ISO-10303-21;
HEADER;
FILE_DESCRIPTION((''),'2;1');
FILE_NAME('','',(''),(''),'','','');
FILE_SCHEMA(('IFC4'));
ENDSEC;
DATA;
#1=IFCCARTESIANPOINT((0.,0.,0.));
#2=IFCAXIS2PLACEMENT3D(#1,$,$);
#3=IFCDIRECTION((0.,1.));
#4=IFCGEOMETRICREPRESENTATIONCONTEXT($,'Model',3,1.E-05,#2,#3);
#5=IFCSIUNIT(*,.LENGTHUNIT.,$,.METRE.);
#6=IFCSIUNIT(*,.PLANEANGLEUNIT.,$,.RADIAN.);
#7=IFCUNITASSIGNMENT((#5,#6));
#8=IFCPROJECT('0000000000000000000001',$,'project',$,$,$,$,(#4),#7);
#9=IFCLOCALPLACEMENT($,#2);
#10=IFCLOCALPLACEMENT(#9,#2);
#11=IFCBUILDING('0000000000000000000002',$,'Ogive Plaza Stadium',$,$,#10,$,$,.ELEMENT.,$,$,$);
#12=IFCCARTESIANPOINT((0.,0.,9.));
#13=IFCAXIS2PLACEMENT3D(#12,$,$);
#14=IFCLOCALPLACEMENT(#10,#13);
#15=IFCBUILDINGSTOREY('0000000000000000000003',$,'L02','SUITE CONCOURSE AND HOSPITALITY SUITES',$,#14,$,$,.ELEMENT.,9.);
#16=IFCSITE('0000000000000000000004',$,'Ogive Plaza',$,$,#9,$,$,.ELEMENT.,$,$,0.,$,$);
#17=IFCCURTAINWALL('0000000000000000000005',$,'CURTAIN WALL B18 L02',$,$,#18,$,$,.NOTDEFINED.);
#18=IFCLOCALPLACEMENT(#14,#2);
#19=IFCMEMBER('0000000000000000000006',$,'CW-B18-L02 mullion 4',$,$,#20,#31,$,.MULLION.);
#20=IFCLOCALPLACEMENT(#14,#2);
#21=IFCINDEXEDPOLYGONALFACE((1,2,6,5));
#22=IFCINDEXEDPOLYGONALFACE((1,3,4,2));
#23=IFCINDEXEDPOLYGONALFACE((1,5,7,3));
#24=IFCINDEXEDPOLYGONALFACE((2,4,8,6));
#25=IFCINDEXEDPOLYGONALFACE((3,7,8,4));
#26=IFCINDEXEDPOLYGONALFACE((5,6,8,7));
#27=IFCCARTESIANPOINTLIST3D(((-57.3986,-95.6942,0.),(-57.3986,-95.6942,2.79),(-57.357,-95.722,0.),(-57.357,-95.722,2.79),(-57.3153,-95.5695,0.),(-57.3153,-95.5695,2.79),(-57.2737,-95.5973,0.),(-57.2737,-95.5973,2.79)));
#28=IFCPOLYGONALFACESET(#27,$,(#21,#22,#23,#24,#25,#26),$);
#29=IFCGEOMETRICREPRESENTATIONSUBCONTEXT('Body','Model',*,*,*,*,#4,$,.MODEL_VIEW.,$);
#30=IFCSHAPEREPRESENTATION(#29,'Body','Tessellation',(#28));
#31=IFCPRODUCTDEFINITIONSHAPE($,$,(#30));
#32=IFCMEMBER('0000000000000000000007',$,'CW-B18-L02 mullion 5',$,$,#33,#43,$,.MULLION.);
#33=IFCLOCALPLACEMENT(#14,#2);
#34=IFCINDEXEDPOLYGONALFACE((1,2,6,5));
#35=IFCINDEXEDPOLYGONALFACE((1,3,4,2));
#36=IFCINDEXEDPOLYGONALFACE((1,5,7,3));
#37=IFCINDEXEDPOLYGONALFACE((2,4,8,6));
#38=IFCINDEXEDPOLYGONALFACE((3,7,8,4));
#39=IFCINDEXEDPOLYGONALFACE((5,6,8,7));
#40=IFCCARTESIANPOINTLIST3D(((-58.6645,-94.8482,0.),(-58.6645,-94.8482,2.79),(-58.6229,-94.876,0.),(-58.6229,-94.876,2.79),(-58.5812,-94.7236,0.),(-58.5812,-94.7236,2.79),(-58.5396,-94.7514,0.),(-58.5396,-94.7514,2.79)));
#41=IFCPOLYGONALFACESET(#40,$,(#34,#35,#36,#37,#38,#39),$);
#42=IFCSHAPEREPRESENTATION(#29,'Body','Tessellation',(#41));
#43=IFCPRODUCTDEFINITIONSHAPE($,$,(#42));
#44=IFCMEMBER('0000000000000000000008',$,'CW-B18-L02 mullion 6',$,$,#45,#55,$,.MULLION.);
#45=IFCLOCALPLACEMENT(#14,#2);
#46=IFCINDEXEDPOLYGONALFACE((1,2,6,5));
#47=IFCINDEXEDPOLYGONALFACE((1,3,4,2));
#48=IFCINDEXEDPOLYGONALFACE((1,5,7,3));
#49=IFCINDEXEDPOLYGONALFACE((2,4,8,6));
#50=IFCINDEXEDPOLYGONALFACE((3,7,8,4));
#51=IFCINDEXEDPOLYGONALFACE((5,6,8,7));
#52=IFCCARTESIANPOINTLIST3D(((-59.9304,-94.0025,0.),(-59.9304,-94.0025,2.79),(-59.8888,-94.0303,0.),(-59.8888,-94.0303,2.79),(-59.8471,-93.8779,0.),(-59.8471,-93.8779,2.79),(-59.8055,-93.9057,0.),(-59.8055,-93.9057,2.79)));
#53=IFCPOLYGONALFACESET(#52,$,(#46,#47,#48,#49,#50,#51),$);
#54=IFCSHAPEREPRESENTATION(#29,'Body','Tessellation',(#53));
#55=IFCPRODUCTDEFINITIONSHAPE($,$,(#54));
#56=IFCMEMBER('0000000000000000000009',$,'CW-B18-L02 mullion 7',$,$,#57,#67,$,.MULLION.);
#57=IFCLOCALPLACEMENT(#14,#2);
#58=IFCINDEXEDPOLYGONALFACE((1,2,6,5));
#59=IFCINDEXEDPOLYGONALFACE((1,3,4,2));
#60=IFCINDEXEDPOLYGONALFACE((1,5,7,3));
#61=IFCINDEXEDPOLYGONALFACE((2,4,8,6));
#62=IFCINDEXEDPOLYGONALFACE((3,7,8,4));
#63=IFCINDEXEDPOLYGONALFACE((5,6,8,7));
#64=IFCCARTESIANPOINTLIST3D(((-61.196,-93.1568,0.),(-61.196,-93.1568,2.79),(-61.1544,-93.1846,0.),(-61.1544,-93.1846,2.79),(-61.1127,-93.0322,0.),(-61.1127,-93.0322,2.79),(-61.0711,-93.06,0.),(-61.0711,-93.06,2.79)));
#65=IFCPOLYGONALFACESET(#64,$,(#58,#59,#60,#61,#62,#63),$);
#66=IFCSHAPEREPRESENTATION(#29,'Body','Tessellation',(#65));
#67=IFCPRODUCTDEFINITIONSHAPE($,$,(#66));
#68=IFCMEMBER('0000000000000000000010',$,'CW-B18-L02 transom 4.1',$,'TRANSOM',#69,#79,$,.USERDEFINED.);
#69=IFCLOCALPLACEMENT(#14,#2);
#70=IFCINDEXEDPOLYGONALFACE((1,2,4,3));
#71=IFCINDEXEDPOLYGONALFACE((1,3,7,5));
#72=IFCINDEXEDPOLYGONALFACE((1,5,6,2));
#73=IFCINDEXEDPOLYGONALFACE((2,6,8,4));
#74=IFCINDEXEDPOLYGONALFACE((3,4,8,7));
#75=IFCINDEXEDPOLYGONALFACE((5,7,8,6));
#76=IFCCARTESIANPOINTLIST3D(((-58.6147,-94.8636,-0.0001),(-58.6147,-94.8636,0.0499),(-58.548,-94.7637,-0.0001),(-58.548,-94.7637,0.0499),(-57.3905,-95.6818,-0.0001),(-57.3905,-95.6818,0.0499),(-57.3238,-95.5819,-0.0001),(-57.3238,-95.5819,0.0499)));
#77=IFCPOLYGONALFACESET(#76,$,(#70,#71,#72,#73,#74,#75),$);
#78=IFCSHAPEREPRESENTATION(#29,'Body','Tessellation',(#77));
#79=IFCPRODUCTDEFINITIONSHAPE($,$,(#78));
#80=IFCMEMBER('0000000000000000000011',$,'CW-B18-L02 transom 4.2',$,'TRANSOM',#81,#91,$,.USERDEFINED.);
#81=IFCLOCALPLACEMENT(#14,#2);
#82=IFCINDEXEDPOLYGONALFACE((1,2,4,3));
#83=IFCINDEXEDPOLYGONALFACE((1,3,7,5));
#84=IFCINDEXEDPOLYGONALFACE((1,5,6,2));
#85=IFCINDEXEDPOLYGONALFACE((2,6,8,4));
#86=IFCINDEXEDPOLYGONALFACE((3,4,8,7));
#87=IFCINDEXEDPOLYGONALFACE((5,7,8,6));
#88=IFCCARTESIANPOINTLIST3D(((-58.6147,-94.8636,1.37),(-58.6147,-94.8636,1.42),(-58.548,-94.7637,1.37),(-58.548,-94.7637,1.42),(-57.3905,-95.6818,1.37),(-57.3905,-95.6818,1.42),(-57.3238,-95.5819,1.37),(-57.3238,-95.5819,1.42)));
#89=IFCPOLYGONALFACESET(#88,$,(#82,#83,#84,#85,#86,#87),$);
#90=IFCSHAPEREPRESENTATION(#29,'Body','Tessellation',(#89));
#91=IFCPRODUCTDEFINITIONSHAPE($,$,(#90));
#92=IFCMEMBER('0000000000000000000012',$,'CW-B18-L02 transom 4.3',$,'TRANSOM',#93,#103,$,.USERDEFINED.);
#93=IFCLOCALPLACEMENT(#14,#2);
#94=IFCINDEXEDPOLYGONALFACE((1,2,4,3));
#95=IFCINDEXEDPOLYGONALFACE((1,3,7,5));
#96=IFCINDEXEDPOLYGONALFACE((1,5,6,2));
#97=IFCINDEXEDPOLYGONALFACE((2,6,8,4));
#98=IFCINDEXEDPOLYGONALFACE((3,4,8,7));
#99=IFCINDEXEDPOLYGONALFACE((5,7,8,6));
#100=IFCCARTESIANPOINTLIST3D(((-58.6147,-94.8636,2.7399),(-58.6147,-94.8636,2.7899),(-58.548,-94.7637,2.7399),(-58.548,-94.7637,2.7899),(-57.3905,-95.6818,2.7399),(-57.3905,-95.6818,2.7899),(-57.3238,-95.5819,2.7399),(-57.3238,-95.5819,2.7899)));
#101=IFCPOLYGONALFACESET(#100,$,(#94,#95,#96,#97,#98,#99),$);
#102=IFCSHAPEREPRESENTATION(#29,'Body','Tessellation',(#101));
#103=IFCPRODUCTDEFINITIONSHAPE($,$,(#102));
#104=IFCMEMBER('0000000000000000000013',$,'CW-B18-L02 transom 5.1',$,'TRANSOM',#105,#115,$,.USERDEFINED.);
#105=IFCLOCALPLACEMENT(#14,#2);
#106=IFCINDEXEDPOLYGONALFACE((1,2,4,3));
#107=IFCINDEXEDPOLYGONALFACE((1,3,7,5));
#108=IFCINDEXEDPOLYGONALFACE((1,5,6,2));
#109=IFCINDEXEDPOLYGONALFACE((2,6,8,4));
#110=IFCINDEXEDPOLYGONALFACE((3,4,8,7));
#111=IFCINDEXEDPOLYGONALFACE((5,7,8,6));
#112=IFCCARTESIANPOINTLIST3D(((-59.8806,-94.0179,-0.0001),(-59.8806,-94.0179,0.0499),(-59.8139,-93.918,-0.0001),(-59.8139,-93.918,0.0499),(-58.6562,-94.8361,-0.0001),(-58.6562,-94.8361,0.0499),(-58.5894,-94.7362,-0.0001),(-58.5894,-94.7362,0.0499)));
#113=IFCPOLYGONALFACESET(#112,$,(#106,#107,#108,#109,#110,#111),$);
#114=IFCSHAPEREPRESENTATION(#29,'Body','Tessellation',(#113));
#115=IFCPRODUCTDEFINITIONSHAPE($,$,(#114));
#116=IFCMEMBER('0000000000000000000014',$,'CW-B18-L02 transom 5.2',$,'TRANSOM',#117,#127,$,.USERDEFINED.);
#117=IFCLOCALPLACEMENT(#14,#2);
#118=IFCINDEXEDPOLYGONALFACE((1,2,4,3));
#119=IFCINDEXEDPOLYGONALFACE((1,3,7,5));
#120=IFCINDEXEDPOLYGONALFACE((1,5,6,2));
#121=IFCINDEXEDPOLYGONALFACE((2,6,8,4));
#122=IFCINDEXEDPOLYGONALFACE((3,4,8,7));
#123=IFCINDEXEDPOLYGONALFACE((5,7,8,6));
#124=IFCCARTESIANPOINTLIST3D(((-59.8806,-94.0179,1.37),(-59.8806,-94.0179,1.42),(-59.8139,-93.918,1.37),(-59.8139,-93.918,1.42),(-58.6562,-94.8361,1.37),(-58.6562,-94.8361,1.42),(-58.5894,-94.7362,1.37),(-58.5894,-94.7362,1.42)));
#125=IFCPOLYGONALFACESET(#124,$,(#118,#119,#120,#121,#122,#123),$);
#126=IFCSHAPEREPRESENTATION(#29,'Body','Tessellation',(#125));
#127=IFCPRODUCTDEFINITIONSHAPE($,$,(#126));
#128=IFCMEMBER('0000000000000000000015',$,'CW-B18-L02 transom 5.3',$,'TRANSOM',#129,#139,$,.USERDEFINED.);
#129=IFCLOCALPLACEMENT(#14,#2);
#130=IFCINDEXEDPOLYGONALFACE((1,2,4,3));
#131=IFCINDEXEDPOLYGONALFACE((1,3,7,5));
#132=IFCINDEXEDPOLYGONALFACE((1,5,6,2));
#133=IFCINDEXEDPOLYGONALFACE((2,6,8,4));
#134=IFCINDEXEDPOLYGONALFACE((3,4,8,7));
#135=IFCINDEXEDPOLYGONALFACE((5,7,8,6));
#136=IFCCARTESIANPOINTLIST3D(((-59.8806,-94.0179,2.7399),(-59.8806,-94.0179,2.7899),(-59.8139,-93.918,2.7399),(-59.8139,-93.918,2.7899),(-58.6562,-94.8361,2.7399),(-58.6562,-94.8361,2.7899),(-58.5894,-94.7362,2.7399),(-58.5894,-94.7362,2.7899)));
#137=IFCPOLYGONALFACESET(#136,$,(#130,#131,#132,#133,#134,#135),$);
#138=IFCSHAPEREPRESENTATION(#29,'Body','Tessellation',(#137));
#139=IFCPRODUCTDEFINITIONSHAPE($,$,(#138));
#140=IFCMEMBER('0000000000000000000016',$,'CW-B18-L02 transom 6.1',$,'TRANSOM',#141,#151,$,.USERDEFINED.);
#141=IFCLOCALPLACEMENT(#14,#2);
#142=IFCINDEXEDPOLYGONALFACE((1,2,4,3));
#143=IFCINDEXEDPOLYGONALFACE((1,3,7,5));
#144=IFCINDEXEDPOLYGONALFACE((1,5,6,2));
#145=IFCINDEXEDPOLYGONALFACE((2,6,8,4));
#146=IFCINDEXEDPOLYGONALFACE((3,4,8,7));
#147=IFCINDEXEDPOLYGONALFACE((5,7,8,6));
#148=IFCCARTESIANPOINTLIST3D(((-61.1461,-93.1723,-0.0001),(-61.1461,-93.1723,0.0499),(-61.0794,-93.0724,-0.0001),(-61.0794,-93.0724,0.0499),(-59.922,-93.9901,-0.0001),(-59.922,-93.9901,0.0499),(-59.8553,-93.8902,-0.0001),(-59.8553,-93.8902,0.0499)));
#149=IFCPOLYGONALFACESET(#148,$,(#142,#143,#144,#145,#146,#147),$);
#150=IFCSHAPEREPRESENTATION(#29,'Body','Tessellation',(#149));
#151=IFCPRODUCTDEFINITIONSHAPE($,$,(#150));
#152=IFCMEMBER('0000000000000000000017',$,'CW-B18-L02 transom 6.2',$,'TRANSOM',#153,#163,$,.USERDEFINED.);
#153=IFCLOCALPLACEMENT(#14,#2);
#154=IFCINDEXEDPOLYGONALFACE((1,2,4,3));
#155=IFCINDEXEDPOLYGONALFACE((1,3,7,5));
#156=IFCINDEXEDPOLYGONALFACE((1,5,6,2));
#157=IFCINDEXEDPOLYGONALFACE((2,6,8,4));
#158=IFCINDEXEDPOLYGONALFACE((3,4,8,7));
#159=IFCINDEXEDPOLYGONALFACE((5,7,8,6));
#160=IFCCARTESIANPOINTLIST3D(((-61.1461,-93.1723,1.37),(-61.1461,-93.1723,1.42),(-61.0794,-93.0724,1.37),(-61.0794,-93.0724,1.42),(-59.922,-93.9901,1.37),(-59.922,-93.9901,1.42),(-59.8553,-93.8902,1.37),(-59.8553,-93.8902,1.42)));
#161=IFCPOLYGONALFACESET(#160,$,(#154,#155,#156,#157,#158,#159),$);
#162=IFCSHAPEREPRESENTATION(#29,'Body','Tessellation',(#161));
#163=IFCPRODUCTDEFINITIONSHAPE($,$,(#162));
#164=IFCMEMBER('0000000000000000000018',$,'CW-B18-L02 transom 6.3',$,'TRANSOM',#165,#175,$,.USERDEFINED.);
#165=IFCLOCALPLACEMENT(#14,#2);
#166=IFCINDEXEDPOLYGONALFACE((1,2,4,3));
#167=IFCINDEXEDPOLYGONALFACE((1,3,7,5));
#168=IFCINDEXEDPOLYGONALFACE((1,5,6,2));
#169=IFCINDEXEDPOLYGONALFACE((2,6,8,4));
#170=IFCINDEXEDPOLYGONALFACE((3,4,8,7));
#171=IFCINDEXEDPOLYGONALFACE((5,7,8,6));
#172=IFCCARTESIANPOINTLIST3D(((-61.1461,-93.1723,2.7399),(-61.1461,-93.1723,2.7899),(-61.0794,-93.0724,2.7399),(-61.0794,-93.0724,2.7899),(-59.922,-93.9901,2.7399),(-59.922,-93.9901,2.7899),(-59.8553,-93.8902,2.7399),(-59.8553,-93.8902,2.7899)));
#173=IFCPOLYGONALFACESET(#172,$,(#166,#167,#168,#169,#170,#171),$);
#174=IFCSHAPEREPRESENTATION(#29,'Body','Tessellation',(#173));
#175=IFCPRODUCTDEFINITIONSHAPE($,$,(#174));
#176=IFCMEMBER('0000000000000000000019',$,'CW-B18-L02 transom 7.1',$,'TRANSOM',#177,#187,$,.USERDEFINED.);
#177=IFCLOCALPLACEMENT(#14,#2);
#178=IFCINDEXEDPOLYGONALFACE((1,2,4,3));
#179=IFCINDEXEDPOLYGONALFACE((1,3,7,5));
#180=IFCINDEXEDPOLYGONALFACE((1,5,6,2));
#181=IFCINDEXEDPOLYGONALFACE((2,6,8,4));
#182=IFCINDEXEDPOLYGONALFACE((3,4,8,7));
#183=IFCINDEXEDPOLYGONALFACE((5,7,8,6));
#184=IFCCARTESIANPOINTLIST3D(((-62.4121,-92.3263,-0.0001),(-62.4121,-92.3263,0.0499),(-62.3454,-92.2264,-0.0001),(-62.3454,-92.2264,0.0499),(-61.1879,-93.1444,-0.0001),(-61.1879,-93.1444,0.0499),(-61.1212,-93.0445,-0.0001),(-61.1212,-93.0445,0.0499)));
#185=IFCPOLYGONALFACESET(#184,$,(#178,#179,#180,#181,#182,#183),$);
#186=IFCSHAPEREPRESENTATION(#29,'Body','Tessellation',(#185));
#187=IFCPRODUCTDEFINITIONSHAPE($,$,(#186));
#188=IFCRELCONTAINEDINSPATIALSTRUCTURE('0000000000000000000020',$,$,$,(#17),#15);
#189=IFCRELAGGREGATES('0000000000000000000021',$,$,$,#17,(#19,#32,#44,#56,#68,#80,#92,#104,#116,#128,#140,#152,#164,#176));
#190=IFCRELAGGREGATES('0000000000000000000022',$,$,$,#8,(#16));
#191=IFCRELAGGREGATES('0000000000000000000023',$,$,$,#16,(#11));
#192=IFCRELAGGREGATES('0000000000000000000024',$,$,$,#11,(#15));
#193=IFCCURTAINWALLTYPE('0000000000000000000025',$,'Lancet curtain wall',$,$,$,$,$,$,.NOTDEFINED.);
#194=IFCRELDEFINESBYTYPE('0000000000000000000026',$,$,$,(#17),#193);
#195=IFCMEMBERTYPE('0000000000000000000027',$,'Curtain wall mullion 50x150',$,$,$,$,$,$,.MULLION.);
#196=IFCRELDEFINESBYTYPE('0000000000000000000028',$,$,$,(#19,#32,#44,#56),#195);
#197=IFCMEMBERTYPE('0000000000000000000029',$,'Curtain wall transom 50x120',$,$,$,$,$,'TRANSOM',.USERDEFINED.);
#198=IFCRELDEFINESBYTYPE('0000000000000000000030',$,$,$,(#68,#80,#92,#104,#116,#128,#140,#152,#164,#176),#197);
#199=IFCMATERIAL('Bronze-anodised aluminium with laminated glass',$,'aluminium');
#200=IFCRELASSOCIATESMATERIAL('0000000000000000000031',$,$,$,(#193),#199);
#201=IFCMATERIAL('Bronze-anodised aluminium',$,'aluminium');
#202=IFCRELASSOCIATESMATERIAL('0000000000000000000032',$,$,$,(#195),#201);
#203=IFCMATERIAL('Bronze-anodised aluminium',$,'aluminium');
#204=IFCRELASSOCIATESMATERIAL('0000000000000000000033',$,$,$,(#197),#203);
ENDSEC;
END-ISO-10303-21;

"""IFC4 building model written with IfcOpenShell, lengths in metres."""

from ifc_helpers import new_model, si_unit, direction, frame, origin, origin_2d, place, context, subcontext, project, spatial, rectangle, extrude, material, material_profile, profile_set, type_object, element, aggregate, save


model = new_model("IFC4")

# Units and contexts
model_context = context("Model", 3, precision=1e-05, world=origin(), true_north=direction((0.0, 1.0)))
body_context = subcontext(model_context, "Body", "Model", "MODEL_VIEW")
ifc_project = project(units=[si_unit("LENGTHUNIT", "METRE"), si_unit("PLANEANGLEUNIT", "RADIAN")], contexts=[model_context])

# Site, building, storey
site_placement = place(None, origin())
site = spatial("IfcSite", under=ifc_project, at=site_placement, Name="Ogive Plaza", CompositionType="ELEMENT", RefElevation=0.0)
building_placement = place(site_placement, origin())
building = spatial("IfcBuilding", under=site, at=building_placement, Name="Ogive Plaza Stadium", CompositionType="ELEMENT")
storey_placement = place(building_placement, frame((0.0, 0.0, 9.0)))
storey = spatial("IfcBuildingStorey", under=building, at=storey_placement, Name="L02", Description="SUITE CONCOURSE AND HOSPITALITY SUITES", CompositionType="ELEMENT", Elevation=9.0)

# Curtain wall, members
ifc_material_1 = material(Name="Bronze-anodised aluminium with laminated glass", Category="aluminium")
curtain_wall_type = type_object("IfcCurtainWallType", Name="Lancet curtain wall", PredefinedType="NOTDEFINED", material=ifc_material_1)
curtain_wall_placement = place(storey_placement, origin())
curtain_wall = element("IfcCurtainWall", 1, at=curtain_wall_placement, inside=storey, type_object=curtain_wall_type, Name="CURTAIN WALL B18 L02", PredefinedType="NOTDEFINED")
ifc_material_2 = material(Name="Bronze-anodised aluminium", Category="aluminium")
ifc_material_profile_1 = material_profile(ifc_material_2, rectangle(XDim=0.1499, YDim=0.05, at=origin_2d()), Name="AL 150x50")
ifc_profile_set_1 = profile_set([ifc_material_profile_1], Name="Bronze-anodised aluminium")
member_type_1 = type_object("IfcMemberType", Name="Curtain wall mullion 50x150", PredefinedType="MULLION", material=ifc_profile_set_1)
member_1_placement = place(storey_placement, frame((-57.3362, -95.6458, 0.0), z_axis=(0.0, 0.0, 1.0), x_axis=(-0.55557, -0.83147, 0.0)))
member_1 = element("IfcMember", 2, at=member_1_placement, type_object=member_type_1, Name="CW-B18-L02 mullion 4", PredefinedType="MULLION", context=body_context, shape_type="SweptSolid", body=[
    extrude(rectangle(XDim=0.1499, YDim=0.05, at=origin_2d()), origin(), (0.0, 0.0, 1.0), 2.79),
])
member_2_placement = place(storey_placement, frame((-58.6021, -94.7998, 0.0), z_axis=(0.0, 0.0, 1.0), x_axis=(-0.55557, -0.83147, 0.0)))
member_2 = element("IfcMember", 3, at=member_2_placement, type_object=member_type_1, Name="CW-B18-L02 mullion 5", PredefinedType="MULLION", context=body_context, shape_type="SweptSolid", body=[
    extrude(rectangle(XDim=0.1499, YDim=0.05, at=origin_2d()), origin(), (0.0, 0.0, 1.0), 2.79),
])
member_3_placement = place(storey_placement, frame((-59.8679, -93.9541, 0.0), z_axis=(0.0, 0.0, 1.0), x_axis=(-0.55557, -0.83147, 0.0)))
member_3 = element("IfcMember", 4, at=member_3_placement, type_object=member_type_1, Name="CW-B18-L02 mullion 6", PredefinedType="MULLION", context=body_context, shape_type="SweptSolid", body=[
    extrude(rectangle(XDim=0.1499, YDim=0.05, at=origin_2d()), origin(), (0.0, 0.0, 1.0), 2.79),
])
member_4_placement = place(storey_placement, frame((-61.1335, -93.1084, 0.0), z_axis=(0.0, 0.0, 1.0), x_axis=(-0.55557, -0.83147, 0.0)))
member_4 = element("IfcMember", 5, at=member_4_placement, type_object=member_type_1, Name="CW-B18-L02 mullion 7", PredefinedType="MULLION", context=body_context, shape_type="SweptSolid", body=[
    extrude(rectangle(XDim=0.1499, YDim=0.05, at=origin_2d()), origin(), (0.0, 0.0, 1.0), 2.79),
])
ifc_material_3 = material(Name="Bronze-anodised aluminium", Category="aluminium")
ifc_material_profile_2 = material_profile(ifc_material_3, rectangle(XDim=0.1201, YDim=0.05, at=origin_2d()), Name="AL 120x50")
ifc_profile_set_2 = profile_set([ifc_material_profile_2], Name="Bronze-anodised aluminium")
member_type_2 = type_object("IfcMemberType", Name="Curtain wall transom 50x120", ElementType="TRANSOM", PredefinedType="USERDEFINED", material=ifc_profile_set_2)
member_5_placement = place(storey_placement, frame((-57.3572, -95.6318, 0.0249), z_axis=(-0.831412, 0.555656, 0.0), x_axis=(-0.555656, -0.831412, 0.0)))
member_5 = element("IfcMember", 6, at=member_5_placement, type_object=member_type_2, Name="CW-B18-L02 transom 4.1", ObjectType="TRANSOM", PredefinedType="USERDEFINED", context=body_context, shape_type="SweptSolid", body=[
    extrude(rectangle(XDim=0.1201, YDim=0.05, at=origin_2d()), origin(), (0.0, 0.0, 1.0), 1.4724),
])
member_6_placement = place(storey_placement, frame((-57.3572, -95.6318, 1.395), z_axis=(-0.831412, 0.555656, 0.0), x_axis=(-0.555656, -0.831412, 0.0)))
member_6 = element("IfcMember", 7, at=member_6_placement, type_object=member_type_2, Name="CW-B18-L02 transom 4.2", ObjectType="TRANSOM", PredefinedType="USERDEFINED", context=body_context, shape_type="SweptSolid", body=[
    extrude(rectangle(XDim=0.1201, YDim=0.05, at=origin_2d()), origin(), (0.0, 0.0, 1.0), 1.4724),
])
member_7_placement = place(storey_placement, frame((-57.3572, -95.6318, 2.7649), z_axis=(-0.831412, 0.555656, 0.0), x_axis=(-0.555656, -0.831412, 0.0)))
member_7 = element("IfcMember", 8, at=member_7_placement, type_object=member_type_2, Name="CW-B18-L02 transom 4.3", ObjectType="TRANSOM", PredefinedType="USERDEFINED", context=body_context, shape_type="SweptSolid", body=[
    extrude(rectangle(XDim=0.1201, YDim=0.05, at=origin_2d()), origin(), (0.0, 0.0, 1.0), 1.4724),
])
member_8_placement = place(storey_placement, frame((-58.6228, -94.7861, 0.0249), z_axis=(-0.831463, 0.55558, 0.0), x_axis=(-0.55558, -0.831463, 0.0)))
member_8 = element("IfcMember", 9, at=member_8_placement, type_object=member_type_2, Name="CW-B18-L02 transom 5.1", ObjectType="TRANSOM", PredefinedType="USERDEFINED", context=body_context, shape_type="SweptSolid", body=[
    extrude(rectangle(XDim=0.1201, YDim=0.05, at=origin_2d()), origin(), (0.0, 0.0, 1.0), 1.4727),
])
member_9_placement = place(storey_placement, frame((-58.6228, -94.7861, 1.395), z_axis=(-0.831463, 0.55558, 0.0), x_axis=(-0.55558, -0.831463, 0.0)))
member_9 = element("IfcMember", 10, at=member_9_placement, type_object=member_type_2, Name="CW-B18-L02 transom 5.2", ObjectType="TRANSOM", PredefinedType="USERDEFINED", context=body_context, shape_type="SweptSolid", body=[
    extrude(rectangle(XDim=0.1201, YDim=0.05, at=origin_2d()), origin(), (0.0, 0.0, 1.0), 1.4727),
])
member_10_placement = place(storey_placement, frame((-58.6228, -94.7861, 2.7649), z_axis=(-0.831463, 0.55558, 0.0), x_axis=(-0.55558, -0.831463, 0.0)))
member_10 = element("IfcMember", 11, at=member_10_placement, type_object=member_type_2, Name="CW-B18-L02 transom 5.3", ObjectType="TRANSOM", PredefinedType="USERDEFINED", context=body_context, shape_type="SweptSolid", body=[
    extrude(rectangle(XDim=0.1201, YDim=0.05, at=origin_2d()), origin(), (0.0, 0.0, 1.0), 1.4727),
])
member_11_placement = place(storey_placement, frame((-59.8887, -93.9402, 0.0249), z_axis=(-0.831489, 0.555542, 0.0), x_axis=(-0.555542, -0.831489, 0.0)))
member_11 = element("IfcMember", 12, at=member_11_placement, type_object=member_type_2, Name="CW-B18-L02 transom 6.1", ObjectType="TRANSOM", PredefinedType="USERDEFINED", context=body_context, shape_type="SweptSolid", body=[
    extrude(rectangle(XDim=0.1201, YDim=0.05, at=origin_2d()), origin(), (0.0, 0.0, 1.0), 1.4722),
])
member_12_placement = place(storey_placement, frame((-59.8887, -93.9402, 1.395), z_axis=(-0.831489, 0.555542, 0.0), x_axis=(-0.555542, -0.831489, 0.0)))
member_12 = element("IfcMember", 13, at=member_12_placement, type_object=member_type_2, Name="CW-B18-L02 transom 6.2", ObjectType="TRANSOM", PredefinedType="USERDEFINED", context=body_context, shape_type="SweptSolid", body=[
    extrude(rectangle(XDim=0.1201, YDim=0.05, at=origin_2d()), origin(), (0.0, 0.0, 1.0), 1.4722),
])
member_13_placement = place(storey_placement, frame((-59.8887, -93.9402, 2.7649), z_axis=(-0.831489, 0.555542, 0.0), x_axis=(-0.555542, -0.831489, 0.0)))
member_13 = element("IfcMember", 14, at=member_13_placement, type_object=member_type_2, Name="CW-B18-L02 transom 6.3", ObjectType="TRANSOM", PredefinedType="USERDEFINED", context=body_context, shape_type="SweptSolid", body=[
    extrude(rectangle(XDim=0.1201, YDim=0.05, at=origin_2d()), origin(), (0.0, 0.0, 1.0), 1.4722),
])
member_14_placement = place(storey_placement, frame((-61.1545, -93.0945, 0.0249), z_axis=(-0.831412, 0.555656, 0.0), x_axis=(-0.555656, -0.831412, 0.0)))
member_14 = element("IfcMember", 15, at=member_14_placement, type_object=member_type_2, Name="CW-B18-L02 transom 7.1", ObjectType="TRANSOM", PredefinedType="USERDEFINED", context=body_context, shape_type="SweptSolid", body=[
    extrude(rectangle(XDim=0.1201, YDim=0.05, at=origin_2d()), origin(), (0.0, 0.0, 1.0), 1.4724),
])
aggregate(curtain_wall, [member_1, member_2, member_3, member_4, member_5, member_6, member_7, member_8, member_9, member_10, member_11, member_12, member_13, member_14])

save(model, "model.ifc")
